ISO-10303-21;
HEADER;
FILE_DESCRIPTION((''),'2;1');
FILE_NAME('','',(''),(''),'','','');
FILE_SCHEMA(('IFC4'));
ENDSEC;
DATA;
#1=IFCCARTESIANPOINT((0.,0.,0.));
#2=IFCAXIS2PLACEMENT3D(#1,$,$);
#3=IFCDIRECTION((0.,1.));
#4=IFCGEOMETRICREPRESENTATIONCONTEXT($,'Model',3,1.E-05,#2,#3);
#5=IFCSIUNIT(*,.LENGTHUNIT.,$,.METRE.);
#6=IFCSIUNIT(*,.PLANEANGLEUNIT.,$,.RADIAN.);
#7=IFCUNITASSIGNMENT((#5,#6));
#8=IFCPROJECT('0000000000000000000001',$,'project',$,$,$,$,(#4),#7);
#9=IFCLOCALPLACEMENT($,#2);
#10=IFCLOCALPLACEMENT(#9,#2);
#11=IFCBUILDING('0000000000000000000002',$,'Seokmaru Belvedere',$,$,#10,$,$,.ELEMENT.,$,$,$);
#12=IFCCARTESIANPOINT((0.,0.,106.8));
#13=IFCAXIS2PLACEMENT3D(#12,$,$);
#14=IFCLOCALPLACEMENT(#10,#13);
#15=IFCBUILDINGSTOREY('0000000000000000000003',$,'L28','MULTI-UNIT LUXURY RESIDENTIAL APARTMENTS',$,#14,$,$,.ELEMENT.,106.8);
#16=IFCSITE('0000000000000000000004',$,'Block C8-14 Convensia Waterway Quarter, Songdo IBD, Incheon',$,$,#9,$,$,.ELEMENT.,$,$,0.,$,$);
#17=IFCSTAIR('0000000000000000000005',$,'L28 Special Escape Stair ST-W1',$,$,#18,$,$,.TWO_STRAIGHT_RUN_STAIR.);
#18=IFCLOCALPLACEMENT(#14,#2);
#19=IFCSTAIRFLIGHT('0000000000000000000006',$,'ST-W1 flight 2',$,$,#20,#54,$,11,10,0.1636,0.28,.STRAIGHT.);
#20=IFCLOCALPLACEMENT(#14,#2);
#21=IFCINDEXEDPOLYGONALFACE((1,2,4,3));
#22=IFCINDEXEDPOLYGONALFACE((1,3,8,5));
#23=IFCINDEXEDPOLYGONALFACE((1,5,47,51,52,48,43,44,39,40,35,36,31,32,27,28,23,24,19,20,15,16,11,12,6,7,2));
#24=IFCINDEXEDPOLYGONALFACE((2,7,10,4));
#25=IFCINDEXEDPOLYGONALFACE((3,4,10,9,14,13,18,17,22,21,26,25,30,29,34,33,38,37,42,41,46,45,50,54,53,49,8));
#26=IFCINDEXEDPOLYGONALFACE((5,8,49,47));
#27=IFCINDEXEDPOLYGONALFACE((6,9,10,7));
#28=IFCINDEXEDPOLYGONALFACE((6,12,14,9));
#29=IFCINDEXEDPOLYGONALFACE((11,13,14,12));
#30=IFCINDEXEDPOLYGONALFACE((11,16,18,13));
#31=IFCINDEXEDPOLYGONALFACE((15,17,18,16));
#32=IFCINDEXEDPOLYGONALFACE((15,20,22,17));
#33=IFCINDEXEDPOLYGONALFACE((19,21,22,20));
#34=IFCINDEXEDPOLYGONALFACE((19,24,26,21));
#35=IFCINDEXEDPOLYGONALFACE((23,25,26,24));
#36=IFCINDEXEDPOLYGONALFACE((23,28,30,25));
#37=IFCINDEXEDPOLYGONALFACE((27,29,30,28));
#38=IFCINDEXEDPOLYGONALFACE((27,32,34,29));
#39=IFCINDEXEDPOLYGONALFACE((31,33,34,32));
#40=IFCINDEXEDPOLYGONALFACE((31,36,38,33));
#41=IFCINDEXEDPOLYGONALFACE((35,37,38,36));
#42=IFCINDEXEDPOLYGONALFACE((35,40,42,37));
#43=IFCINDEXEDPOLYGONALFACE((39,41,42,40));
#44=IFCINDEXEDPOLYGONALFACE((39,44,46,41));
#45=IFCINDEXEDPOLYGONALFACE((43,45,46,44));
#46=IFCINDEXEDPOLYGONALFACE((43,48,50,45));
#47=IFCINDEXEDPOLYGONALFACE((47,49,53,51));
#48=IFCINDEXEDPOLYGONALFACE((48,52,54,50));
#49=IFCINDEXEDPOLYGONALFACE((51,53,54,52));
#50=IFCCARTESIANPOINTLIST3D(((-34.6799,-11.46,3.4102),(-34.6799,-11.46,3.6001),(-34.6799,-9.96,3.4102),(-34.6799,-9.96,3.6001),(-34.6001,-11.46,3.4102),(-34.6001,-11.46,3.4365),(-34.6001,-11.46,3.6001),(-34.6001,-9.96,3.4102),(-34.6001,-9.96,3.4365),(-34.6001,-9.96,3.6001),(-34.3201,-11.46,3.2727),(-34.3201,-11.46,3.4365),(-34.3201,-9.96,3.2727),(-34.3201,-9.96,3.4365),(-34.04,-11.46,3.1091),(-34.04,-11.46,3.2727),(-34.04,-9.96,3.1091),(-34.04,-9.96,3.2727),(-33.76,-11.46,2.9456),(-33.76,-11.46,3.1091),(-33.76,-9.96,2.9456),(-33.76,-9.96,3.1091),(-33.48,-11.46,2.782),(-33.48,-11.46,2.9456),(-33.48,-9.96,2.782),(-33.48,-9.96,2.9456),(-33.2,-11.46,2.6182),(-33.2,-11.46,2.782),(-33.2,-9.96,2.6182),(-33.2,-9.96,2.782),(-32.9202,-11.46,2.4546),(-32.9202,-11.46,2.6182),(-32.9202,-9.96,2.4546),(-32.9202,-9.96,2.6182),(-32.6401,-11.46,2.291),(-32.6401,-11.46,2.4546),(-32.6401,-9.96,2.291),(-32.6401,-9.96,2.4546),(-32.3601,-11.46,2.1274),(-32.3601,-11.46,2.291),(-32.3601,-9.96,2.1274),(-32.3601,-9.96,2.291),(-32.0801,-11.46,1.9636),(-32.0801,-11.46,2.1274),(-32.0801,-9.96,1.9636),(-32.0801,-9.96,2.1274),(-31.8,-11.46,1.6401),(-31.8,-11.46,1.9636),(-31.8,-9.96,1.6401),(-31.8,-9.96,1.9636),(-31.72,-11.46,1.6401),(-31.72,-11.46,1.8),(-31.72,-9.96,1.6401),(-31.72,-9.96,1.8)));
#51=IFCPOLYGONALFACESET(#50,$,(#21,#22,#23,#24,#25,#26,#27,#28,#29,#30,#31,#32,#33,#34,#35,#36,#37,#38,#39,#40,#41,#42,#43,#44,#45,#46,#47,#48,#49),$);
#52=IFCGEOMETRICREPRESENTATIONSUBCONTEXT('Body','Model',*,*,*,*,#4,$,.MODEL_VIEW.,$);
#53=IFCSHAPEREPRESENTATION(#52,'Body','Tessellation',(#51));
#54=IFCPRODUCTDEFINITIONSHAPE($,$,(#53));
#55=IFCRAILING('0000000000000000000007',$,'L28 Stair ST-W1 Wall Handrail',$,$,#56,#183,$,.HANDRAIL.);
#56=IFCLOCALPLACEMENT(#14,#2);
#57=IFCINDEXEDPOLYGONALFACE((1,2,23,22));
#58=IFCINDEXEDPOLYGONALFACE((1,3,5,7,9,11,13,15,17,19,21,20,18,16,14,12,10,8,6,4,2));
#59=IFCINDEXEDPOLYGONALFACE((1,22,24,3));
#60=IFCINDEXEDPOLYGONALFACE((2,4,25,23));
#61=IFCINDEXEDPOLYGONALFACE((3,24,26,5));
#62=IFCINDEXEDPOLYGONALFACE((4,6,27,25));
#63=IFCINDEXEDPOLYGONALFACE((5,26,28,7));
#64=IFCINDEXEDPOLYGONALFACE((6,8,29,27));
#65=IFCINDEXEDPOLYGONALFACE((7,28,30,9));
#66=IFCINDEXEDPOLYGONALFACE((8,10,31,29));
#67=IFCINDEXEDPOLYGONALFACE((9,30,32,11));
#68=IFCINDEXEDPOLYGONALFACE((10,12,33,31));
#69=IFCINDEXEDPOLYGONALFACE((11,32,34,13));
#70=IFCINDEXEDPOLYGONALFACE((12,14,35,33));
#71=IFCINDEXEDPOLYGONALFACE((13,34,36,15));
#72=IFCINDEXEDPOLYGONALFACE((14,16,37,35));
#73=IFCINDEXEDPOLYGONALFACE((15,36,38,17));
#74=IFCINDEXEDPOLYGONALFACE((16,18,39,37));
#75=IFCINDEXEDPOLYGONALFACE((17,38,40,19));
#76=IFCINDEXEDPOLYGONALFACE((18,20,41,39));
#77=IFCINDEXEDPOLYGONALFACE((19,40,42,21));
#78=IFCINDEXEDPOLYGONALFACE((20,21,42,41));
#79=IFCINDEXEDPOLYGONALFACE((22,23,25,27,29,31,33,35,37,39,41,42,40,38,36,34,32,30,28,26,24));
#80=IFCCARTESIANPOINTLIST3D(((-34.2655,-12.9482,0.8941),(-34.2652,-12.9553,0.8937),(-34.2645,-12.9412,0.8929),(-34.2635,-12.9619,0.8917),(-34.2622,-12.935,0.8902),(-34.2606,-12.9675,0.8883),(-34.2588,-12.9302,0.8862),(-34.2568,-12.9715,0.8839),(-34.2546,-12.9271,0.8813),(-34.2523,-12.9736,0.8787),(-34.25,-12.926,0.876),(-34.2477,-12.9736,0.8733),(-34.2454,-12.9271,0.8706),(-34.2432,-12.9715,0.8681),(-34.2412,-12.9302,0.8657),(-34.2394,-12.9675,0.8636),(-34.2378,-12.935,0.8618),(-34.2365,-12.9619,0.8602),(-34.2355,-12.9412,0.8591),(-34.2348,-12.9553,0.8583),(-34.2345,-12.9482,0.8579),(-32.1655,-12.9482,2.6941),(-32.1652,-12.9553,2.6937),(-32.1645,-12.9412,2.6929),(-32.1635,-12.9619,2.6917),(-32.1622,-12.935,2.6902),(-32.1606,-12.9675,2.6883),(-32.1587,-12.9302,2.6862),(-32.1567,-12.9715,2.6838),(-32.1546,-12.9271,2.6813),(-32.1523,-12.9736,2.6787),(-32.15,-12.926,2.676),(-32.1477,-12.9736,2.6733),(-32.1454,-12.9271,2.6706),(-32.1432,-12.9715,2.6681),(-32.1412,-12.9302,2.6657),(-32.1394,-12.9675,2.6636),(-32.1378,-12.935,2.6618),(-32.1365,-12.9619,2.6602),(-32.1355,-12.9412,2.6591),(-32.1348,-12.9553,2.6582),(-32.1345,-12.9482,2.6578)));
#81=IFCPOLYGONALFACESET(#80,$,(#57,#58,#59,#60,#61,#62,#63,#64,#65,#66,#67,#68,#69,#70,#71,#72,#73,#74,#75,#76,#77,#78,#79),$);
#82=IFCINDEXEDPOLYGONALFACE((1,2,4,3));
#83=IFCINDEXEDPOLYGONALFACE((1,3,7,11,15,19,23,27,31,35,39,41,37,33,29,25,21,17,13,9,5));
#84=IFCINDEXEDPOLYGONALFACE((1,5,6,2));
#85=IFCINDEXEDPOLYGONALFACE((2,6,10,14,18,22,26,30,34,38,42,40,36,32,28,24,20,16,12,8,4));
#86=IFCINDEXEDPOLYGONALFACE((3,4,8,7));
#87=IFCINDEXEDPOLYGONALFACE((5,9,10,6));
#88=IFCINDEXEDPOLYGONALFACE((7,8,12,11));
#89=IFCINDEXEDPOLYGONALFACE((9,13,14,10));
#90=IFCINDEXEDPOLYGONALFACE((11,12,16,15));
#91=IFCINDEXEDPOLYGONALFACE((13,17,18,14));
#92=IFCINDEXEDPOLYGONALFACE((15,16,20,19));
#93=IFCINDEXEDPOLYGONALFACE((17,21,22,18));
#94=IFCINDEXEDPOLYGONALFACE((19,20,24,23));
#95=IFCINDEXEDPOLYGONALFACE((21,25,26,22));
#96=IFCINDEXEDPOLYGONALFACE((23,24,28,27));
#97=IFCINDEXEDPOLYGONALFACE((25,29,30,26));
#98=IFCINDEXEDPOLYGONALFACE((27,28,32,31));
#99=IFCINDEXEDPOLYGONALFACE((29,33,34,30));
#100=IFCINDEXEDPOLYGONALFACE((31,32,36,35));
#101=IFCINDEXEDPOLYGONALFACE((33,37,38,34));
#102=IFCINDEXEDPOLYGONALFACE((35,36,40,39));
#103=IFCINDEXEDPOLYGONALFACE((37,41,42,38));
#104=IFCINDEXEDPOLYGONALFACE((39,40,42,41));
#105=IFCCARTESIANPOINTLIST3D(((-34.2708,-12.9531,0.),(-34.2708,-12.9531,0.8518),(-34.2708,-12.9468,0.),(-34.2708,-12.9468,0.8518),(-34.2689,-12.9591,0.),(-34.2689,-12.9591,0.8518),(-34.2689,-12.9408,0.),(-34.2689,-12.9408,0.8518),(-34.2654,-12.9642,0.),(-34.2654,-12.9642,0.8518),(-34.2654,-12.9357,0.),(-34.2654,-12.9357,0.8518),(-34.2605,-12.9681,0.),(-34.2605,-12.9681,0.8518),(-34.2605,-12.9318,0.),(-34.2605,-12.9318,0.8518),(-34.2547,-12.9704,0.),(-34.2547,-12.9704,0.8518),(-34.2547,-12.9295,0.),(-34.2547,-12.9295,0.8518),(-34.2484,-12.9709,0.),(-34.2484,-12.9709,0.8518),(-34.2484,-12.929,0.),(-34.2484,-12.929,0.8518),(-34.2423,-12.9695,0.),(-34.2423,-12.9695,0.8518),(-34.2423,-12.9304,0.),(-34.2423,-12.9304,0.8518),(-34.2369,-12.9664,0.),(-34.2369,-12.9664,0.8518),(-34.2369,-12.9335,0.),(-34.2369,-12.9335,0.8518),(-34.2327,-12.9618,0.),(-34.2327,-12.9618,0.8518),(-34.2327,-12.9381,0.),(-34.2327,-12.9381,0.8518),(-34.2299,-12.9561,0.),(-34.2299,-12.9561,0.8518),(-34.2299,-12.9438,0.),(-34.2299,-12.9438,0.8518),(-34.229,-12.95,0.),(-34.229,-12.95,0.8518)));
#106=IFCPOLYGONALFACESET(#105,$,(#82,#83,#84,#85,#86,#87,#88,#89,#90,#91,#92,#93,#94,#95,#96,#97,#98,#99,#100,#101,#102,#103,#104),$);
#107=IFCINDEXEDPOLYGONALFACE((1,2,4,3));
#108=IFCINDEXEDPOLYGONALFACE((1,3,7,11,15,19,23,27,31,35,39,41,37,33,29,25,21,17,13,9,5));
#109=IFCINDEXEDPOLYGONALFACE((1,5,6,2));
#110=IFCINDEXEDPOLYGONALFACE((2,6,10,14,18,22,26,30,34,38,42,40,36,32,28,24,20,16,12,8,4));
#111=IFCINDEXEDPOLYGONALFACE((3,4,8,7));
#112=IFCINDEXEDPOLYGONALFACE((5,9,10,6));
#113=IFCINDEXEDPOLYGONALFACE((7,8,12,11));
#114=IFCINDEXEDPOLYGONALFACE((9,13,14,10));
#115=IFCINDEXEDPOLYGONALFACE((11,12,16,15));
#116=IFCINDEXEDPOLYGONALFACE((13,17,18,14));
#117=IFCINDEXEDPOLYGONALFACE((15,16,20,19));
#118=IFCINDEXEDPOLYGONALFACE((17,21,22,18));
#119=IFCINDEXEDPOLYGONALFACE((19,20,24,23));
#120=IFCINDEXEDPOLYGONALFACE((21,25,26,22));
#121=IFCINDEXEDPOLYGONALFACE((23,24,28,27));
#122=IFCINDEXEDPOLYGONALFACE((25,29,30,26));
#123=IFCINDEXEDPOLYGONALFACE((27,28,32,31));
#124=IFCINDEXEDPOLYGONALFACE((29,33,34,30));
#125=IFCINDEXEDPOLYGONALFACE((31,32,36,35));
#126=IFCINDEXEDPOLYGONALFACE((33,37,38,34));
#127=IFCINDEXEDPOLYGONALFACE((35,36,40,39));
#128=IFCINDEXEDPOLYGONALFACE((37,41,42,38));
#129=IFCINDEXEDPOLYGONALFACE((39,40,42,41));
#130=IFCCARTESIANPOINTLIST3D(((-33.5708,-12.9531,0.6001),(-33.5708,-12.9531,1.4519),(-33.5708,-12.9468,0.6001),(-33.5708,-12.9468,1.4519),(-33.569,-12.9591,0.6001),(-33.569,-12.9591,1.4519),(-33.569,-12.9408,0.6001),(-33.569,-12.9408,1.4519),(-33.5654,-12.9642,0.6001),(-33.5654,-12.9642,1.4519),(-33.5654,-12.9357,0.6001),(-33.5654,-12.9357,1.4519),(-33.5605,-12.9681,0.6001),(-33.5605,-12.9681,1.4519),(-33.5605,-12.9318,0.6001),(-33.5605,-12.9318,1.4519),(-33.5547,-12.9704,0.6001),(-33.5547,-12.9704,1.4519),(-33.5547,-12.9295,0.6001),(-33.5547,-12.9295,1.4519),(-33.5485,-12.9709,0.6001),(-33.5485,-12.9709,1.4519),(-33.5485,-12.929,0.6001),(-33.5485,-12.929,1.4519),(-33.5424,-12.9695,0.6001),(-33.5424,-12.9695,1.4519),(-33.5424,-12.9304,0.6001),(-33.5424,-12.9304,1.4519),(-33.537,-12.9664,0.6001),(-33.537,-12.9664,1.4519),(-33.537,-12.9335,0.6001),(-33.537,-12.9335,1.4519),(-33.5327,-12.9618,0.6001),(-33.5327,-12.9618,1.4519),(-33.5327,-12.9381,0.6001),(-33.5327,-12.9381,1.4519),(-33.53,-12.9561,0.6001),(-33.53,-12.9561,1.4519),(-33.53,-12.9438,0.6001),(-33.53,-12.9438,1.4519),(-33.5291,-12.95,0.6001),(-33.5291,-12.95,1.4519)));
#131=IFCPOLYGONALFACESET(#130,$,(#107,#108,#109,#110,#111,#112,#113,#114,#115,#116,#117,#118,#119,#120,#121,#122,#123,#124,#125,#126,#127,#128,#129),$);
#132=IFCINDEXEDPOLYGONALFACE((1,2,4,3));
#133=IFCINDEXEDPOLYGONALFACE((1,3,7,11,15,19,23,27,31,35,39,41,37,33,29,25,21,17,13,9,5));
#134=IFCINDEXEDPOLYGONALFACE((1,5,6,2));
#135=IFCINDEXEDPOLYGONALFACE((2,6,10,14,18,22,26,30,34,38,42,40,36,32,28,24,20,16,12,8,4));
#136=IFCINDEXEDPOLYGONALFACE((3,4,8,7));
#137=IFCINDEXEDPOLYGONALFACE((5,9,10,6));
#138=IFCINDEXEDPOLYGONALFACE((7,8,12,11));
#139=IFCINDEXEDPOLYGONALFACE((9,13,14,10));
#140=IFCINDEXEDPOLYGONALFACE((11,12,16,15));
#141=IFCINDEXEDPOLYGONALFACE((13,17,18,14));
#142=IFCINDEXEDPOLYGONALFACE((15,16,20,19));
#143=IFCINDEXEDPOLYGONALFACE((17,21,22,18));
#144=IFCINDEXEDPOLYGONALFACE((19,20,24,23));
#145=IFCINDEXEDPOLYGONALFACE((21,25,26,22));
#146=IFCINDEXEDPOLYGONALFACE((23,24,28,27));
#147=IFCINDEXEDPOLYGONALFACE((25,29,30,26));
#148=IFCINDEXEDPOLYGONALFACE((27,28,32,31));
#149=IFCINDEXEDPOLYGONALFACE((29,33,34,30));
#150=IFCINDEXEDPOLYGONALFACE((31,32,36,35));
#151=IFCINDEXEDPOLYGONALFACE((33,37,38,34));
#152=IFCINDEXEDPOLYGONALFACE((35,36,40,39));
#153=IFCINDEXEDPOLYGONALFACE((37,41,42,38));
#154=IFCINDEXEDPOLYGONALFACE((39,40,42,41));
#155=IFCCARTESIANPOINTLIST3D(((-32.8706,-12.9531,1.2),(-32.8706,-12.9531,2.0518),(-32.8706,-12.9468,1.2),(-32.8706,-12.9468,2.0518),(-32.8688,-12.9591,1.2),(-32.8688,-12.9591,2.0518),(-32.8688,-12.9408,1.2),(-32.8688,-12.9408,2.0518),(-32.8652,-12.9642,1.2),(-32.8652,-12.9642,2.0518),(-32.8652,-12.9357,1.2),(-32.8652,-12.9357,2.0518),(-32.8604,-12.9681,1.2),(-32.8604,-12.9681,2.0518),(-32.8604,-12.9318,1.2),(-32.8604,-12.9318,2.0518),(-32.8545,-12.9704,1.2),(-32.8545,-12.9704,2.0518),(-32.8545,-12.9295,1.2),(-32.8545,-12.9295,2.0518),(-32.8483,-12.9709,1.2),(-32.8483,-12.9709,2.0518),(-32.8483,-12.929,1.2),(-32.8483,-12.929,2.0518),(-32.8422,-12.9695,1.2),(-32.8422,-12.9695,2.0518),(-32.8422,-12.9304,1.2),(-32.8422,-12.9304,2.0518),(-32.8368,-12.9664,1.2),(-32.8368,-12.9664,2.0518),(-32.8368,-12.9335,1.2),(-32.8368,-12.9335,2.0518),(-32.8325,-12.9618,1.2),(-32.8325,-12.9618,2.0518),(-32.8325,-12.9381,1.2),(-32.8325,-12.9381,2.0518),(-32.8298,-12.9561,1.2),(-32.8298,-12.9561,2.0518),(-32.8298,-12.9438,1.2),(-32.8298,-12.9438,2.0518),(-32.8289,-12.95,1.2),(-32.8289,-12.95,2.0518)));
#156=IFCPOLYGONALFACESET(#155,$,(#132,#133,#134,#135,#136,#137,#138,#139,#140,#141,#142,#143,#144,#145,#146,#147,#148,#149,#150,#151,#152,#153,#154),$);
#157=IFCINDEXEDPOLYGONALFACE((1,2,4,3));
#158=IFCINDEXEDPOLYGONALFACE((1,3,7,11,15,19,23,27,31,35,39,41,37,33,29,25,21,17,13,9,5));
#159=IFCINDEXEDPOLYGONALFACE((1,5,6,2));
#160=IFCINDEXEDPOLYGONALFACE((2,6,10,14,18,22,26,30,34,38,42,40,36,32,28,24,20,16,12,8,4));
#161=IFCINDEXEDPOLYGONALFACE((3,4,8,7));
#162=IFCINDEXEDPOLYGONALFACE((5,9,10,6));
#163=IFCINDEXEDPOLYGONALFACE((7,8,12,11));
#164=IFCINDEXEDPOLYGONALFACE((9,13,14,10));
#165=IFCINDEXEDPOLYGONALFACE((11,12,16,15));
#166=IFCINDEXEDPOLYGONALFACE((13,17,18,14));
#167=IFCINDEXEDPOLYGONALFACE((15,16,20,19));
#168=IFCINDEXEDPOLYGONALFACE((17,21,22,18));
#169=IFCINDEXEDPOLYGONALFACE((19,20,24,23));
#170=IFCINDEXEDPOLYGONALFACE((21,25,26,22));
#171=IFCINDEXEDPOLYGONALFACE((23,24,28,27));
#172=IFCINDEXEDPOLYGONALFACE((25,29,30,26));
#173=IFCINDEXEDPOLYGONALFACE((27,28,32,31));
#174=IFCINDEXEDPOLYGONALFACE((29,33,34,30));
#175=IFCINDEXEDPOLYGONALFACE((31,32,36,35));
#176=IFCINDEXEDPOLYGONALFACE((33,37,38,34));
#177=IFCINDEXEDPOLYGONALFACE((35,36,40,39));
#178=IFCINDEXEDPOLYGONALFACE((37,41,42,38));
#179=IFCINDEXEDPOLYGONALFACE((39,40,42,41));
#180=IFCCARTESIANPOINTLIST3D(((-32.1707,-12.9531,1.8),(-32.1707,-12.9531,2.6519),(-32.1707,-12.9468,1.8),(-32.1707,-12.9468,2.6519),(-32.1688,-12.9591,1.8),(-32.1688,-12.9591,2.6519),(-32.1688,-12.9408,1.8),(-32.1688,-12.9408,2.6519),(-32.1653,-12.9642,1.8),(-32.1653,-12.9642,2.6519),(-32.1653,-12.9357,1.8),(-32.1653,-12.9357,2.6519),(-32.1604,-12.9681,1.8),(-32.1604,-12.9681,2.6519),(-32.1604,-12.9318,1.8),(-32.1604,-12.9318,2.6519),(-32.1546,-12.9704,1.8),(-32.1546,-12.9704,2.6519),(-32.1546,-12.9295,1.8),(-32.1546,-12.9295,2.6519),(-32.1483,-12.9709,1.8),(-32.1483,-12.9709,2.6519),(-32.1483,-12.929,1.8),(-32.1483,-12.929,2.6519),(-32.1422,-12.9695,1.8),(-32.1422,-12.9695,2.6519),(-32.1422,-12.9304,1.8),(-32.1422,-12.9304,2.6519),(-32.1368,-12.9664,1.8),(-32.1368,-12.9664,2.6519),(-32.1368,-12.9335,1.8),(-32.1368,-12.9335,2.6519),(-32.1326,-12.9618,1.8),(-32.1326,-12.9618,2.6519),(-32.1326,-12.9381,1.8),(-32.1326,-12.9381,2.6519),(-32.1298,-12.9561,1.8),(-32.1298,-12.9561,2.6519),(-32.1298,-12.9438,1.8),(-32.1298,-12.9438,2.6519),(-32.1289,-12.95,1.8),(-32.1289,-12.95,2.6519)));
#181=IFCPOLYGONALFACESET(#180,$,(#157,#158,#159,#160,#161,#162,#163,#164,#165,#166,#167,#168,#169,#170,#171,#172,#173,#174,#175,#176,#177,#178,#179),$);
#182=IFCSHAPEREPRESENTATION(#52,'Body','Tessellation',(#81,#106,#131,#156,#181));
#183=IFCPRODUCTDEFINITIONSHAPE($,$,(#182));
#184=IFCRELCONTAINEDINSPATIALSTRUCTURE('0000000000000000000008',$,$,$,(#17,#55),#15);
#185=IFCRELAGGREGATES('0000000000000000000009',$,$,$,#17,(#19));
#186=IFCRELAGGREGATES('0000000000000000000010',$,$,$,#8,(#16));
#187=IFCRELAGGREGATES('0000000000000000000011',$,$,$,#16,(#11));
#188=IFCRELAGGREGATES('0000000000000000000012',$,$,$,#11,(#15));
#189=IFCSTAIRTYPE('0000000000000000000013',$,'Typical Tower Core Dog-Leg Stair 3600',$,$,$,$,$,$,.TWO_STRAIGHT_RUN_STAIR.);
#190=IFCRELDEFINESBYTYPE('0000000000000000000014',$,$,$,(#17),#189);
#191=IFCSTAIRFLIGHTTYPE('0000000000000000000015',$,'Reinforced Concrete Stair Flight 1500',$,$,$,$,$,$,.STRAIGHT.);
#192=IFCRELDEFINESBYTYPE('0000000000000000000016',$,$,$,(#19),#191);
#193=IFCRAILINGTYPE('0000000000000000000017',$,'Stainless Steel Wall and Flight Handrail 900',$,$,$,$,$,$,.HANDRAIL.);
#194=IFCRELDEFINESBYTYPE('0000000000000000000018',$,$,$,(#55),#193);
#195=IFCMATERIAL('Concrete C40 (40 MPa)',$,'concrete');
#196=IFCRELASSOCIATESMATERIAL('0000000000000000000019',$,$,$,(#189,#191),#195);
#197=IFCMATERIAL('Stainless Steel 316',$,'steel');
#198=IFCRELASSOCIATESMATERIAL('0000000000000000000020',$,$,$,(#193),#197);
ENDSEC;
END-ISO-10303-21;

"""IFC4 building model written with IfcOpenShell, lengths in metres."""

from ifc_helpers import new_model, si_unit, direction, frame, origin, origin_2d, place, context, subcontext, project, spatial, polyline, circle, outline, extrude, material, type_object, element, aggregate, save


model = new_model("IFC4")

# Units and contexts
model_context = context("Model", 3, precision=1e-05, world=origin(), true_north=direction((0.0, 1.0)))
body_context = subcontext(model_context, "Body", "Model", "MODEL_VIEW")
ifc_project = project(units=[si_unit("LENGTHUNIT", "METRE"), si_unit("PLANEANGLEUNIT", "RADIAN")], contexts=[model_context])

# Site, building, storey
site_placement = place(None, origin())
site = spatial("IfcSite", under=ifc_project, at=site_placement, Name="Block C8-14 Convensia Waterway Quarter, Songdo IBD, Incheon", CompositionType="ELEMENT", RefElevation=0.0)
building_placement = place(site_placement, origin())
building = spatial("IfcBuilding", under=site, at=building_placement, Name="Seokmaru Belvedere", CompositionType="ELEMENT")
storey_placement = place(building_placement, frame((0.0, 0.0, 106.8)))
storey = spatial("IfcBuildingStorey", under=building, at=storey_placement, Name="L28", Description="MULTI-UNIT LUXURY RESIDENTIAL APARTMENTS", CompositionType="ELEMENT", Elevation=106.8)

# Stair, stair flight
ifc_material_1 = material(Name="Concrete C40 (40 MPa)", Category="concrete")
stair_type = type_object("IfcStairType", Name="Typical Tower Core Dog-Leg Stair 3600", PredefinedType="TWO_STRAIGHT_RUN_STAIR", material=ifc_material_1)
stair_placement = place(storey_placement, origin())
stair = element("IfcStair", 1, at=stair_placement, inside=storey, type_object=stair_type, Name="L28 Special Escape Stair ST-W1", PredefinedType="TWO_STRAIGHT_RUN_STAIR")
stair_flight_type = type_object("IfcStairFlightType", Name="Reinforced Concrete Stair Flight 1500", PredefinedType="STRAIGHT", material=ifc_material_1)
stair_flight_1_placement = place(storey_placement, frame((-31.8, -10.71, 1.8), z_axis=(0.0, 0.0, 1.0), x_axis=(-1.0, 0.0, 0.0)))
stair_flight_1 = element("IfcStairFlight", 2, at=stair_flight_1_placement, type_object=stair_flight_type, Name="ST-W1 flight 2", NumberOfRisers=11, NumberOfTreads=10, PredefinedType="STRAIGHT", RiserHeight=0.1636, TreadLength=0.28, context=body_context, shape_type="SweptSolid", body=[
    extrude(outline(polyline([(-0.0801, 0.0), (0.0, 0.1636), (0.28, 0.1636), (0.28, 0.3274), (0.5601, 0.3274), (0.5601, 0.491), (0.8401, 0.491), (0.8401, 0.6545), (1.1201, 0.6545), (1.1201, 0.8181), (1.3999, 0.8181), (1.3999, 0.9819), (1.6799, 0.9819), (1.6799, 1.1455), (1.96, 1.1455), (1.96, 1.3091), (2.24, 1.3091), (2.24, 1.4727), (2.52, 1.4727), (2.52, 1.6365), (2.8, 1.6365), (2.8, 1.8), (2.8799, 1.8), (2.8799, 1.6101), (2.8, 1.6101), (0.0, -0.1599), (-0.0801, -0.1599), (-0.0801, 0.0)])), frame((0.0, 0.75, 0.0), z_axis=(0.0, -1.0, 0.0), x_axis=(1.0, 0.0, 0.0)), (0.0, 0.0, 1.0), 1.5),
])
aggregate(stair, [stair_flight_1])

# Railing
ifc_material_2 = material(Name="Stainless Steel 316", Category="steel")
railing_type_1 = type_object("IfcRailingType", Name="Stainless Steel Wall and Flight Handrail 900", PredefinedType="HANDRAIL", material=ifc_material_2)
railing_1_placement = place(storey_placement, frame((-34.25, -12.95, 0.0)))
element("IfcRailing", 3, at=railing_1_placement, inside=storey, type_object=railing_type_1, Name="L28 Stair ST-W1 Wall Handrail", PredefinedType="HANDRAIL", context=body_context, shape_type="SweptSolid", body=[
    extrude(circle(Radius=0.0239, at=origin_2d()), frame((0.0, 0.0, 0.876), z_axis=(0.759263, 0.0, 0.650784), x_axis=(0.0, 1.0, 0.0)), (0.0, 0.0, 1.0), 2.7659),
    extrude(circle(Radius=0.021, at=origin_2d()), origin(), (0.0, 0.0, 1.0), 0.8518),
    extrude(circle(Radius=0.021, at=origin_2d()), frame((0.7, 0.0, 0.6001)), (0.0, 0.0, 1.0), 0.8518),
    extrude(circle(Radius=0.021, at=origin_2d()), frame((1.4001, 0.0, 1.2)), (0.0, 0.0, 1.0), 0.8518),
    extrude(circle(Radius=0.021, at=origin_2d()), frame((2.1001, 0.0, 1.8)), (0.0, 0.0, 1.0), 0.8518),
])

save(model, "model.ifc")
